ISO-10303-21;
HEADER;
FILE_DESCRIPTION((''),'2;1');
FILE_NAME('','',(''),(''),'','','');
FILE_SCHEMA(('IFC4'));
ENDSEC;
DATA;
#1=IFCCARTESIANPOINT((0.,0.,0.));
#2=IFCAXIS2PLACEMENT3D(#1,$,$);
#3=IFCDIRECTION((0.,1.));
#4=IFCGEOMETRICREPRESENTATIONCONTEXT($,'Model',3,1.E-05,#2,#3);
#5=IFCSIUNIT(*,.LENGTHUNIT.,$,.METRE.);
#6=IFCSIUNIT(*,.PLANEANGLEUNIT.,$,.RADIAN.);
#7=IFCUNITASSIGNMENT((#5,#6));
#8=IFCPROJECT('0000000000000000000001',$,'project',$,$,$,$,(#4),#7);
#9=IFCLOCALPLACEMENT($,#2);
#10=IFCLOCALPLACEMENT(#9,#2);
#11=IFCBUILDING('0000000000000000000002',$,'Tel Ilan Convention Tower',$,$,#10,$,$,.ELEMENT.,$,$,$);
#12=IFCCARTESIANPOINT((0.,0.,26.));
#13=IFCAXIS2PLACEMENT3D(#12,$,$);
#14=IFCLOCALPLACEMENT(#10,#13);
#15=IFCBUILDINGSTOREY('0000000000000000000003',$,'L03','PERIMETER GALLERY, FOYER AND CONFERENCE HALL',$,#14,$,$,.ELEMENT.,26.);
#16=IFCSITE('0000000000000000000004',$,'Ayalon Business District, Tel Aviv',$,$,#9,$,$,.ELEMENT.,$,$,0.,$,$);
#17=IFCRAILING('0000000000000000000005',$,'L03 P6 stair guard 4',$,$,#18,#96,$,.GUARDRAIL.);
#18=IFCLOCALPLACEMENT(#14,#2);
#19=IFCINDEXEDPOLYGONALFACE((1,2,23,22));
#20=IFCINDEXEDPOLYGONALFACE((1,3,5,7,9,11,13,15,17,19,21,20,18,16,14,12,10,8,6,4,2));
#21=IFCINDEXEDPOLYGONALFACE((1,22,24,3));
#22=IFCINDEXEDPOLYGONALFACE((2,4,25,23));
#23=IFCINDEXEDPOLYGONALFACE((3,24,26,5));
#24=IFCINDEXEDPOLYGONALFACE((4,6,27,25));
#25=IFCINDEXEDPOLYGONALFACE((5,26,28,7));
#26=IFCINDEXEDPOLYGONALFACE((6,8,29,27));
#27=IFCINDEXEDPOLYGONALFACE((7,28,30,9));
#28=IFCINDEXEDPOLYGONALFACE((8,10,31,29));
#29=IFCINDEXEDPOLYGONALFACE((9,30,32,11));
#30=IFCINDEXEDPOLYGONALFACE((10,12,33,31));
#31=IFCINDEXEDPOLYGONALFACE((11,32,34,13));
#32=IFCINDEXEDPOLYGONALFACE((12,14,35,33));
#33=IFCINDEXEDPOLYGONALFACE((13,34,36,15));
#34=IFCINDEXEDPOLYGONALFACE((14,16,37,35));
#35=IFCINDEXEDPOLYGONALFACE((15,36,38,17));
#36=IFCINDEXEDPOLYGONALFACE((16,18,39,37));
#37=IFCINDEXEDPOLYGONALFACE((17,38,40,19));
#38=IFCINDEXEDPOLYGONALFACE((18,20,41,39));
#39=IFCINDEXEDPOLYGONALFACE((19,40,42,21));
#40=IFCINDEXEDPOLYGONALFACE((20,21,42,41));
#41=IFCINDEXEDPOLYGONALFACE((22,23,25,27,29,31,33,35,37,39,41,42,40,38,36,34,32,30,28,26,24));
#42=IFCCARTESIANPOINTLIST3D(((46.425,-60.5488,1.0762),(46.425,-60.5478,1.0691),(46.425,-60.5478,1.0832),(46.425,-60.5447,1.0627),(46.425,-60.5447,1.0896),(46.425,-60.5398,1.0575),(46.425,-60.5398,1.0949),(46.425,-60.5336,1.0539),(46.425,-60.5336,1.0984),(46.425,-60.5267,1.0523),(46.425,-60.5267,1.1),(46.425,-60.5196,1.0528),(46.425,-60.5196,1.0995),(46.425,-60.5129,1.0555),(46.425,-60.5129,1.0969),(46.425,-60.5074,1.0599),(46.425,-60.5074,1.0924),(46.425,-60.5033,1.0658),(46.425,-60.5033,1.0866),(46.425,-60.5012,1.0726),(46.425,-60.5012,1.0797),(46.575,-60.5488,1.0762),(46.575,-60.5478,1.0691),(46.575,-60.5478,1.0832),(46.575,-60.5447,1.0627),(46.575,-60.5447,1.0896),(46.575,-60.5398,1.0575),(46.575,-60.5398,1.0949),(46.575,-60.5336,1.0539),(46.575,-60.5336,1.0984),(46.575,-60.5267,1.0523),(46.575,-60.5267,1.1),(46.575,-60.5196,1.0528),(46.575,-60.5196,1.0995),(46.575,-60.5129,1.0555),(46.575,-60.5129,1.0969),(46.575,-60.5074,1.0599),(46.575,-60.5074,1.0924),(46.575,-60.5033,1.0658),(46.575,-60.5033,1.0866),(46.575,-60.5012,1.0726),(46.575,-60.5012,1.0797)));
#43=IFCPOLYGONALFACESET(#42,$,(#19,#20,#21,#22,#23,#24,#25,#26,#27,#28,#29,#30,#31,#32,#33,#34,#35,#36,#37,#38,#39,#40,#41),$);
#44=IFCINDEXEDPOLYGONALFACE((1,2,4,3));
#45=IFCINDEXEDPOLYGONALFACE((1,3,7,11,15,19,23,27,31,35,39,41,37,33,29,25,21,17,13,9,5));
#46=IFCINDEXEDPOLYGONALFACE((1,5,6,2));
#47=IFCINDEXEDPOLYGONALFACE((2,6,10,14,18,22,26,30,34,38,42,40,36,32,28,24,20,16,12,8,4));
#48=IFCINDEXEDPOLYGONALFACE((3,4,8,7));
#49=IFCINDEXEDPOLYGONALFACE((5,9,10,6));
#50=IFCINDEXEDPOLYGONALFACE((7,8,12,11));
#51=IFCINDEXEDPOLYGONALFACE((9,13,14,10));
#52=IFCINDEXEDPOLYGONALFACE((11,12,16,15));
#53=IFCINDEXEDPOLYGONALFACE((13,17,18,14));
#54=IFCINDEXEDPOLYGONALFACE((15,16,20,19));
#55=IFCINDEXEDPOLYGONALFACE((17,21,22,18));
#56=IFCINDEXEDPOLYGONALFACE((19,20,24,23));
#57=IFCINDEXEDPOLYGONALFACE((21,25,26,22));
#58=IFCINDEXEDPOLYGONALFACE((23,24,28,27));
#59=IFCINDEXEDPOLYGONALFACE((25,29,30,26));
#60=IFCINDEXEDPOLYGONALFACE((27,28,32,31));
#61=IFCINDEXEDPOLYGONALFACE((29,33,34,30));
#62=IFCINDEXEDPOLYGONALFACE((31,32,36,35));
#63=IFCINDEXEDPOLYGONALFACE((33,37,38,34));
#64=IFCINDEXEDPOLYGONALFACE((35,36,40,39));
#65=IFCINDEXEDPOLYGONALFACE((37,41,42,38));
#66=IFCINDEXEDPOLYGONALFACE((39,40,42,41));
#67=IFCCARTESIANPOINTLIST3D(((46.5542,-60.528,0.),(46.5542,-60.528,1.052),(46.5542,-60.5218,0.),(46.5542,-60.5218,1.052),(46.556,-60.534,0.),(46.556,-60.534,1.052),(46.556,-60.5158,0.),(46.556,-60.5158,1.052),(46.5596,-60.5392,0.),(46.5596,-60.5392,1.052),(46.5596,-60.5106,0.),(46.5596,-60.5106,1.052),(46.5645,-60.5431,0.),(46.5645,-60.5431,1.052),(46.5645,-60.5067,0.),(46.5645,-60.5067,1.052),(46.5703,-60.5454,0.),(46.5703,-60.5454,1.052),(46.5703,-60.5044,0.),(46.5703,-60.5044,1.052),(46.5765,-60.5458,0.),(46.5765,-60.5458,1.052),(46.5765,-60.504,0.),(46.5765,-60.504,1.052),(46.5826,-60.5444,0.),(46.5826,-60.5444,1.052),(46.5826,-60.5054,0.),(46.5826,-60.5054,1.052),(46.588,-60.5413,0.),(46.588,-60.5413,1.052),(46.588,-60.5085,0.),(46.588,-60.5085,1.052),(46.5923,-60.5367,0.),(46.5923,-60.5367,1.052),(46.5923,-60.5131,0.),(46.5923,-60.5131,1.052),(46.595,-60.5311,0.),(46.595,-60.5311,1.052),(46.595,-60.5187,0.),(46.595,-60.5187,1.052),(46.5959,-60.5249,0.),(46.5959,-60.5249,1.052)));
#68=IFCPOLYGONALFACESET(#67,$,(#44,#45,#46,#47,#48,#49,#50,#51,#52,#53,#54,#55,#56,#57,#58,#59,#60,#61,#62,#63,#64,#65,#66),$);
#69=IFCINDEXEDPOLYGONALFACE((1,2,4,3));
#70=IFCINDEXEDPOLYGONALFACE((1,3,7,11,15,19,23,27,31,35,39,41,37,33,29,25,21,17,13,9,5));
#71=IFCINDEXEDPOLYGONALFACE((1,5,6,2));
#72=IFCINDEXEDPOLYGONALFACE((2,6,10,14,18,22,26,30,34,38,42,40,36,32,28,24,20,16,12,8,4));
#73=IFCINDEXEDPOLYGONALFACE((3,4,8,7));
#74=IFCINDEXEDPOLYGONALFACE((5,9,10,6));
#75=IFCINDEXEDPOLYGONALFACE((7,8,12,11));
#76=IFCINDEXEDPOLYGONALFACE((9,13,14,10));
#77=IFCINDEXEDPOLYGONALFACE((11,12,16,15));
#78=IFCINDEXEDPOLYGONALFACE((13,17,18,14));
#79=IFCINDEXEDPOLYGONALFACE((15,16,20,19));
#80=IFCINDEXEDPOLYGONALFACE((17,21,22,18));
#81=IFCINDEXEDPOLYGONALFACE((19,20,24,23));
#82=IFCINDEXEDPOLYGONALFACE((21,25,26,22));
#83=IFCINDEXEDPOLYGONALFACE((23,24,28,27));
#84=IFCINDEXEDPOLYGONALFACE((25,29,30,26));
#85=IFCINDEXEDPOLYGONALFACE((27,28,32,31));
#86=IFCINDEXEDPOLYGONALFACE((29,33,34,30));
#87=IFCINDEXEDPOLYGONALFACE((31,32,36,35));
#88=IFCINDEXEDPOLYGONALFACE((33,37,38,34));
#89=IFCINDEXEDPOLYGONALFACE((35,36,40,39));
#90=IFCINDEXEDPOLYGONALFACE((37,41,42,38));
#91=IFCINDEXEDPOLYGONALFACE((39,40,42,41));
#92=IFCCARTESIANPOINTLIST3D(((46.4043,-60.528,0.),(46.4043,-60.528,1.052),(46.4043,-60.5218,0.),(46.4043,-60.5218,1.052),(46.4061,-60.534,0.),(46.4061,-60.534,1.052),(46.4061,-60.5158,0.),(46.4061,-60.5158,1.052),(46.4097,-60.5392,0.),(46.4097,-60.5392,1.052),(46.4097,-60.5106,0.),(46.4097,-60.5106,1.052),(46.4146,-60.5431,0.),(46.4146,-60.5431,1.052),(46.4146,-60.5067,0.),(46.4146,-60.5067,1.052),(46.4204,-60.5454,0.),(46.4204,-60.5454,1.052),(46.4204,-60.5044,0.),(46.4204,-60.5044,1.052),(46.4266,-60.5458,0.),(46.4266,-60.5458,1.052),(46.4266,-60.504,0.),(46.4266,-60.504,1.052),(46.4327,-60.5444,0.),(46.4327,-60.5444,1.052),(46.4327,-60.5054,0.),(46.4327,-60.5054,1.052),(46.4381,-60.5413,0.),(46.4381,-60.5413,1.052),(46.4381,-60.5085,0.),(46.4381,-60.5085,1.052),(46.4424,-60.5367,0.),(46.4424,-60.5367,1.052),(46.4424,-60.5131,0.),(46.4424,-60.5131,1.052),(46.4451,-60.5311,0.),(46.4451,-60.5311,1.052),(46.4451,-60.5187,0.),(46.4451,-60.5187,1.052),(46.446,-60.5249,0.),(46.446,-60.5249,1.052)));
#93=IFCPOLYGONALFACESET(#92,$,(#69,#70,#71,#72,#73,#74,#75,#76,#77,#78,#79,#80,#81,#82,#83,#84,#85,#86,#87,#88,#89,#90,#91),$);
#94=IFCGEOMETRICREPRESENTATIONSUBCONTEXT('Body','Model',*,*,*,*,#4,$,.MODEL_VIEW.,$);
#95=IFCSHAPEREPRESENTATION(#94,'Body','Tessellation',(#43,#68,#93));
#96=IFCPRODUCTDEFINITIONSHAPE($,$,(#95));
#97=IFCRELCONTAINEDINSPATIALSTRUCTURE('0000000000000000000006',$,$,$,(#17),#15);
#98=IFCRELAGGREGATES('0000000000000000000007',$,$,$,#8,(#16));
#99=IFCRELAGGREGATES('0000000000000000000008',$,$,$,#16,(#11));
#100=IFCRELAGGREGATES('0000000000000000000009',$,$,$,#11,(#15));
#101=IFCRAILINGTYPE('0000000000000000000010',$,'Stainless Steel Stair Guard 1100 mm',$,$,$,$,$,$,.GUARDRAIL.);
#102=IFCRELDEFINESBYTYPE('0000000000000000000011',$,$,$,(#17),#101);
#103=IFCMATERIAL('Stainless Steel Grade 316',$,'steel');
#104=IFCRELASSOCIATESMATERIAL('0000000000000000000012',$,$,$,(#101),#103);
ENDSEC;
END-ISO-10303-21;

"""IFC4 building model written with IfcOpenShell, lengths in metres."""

from ifc_helpers import new_model, si_unit, direction, frame, origin, origin_2d, place, context, subcontext, project, spatial, circle, extrude, material, type_object, element, save


model = new_model("IFC4")

# Units and contexts
model_context = context("Model", 3, precision=1e-05, world=origin(), true_north=direction((0.0, 1.0)))
body_context = subcontext(model_context, "Body", "Model", "MODEL_VIEW")
ifc_project = project(units=[si_unit("LENGTHUNIT", "METRE"), si_unit("PLANEANGLEUNIT", "RADIAN")], contexts=[model_context])

# Site, building, storey
site_placement = place(None, origin())
site = spatial("IfcSite", under=ifc_project, at=site_placement, Name="Ayalon Business District, Tel Aviv", CompositionType="ELEMENT", RefElevation=0.0)
building_placement = place(site_placement, origin())
building = spatial("IfcBuilding", under=site, at=building_placement, Name="Tel Ilan Convention Tower", CompositionType="ELEMENT")
storey_placement = place(building_placement, frame((0.0, 0.0, 26.0)))
storey = spatial("IfcBuildingStorey", under=building, at=storey_placement, Name="L03", Description="PERIMETER GALLERY, FOYER AND CONFERENCE HALL", CompositionType="ELEMENT", Elevation=26.0)

# Railing
ifc_material_1 = material(Name="Stainless Steel Grade 316", Category="steel")
railing_type_1 = type_object("IfcRailingType", Name="Stainless Steel Stair Guard 1100 mm", PredefinedType="GUARDRAIL", material=ifc_material_1)
railing_1_placement = place(storey_placement, frame((46.575, -60.5249, 0.0)))
element("IfcRailing", 1, at=railing_1_placement, inside=storey, type_object=railing_type_1, Name="L03 P6 stair guard 4", PredefinedType="GUARDRAIL", context=body_context, shape_type="SweptSolid", body=[
    extrude(circle(Radius=0.0239, at=origin_2d()), frame((0.0, 0.0, 1.0762), z_axis=(-1.0, 0.0, 0.0), x_axis=(0.0, -1.0, 0.0)), (0.0, 0.0, 1.0), 0.1499),
    extrude(circle(Radius=0.021, at=origin_2d()), origin(), (0.0, 0.0, 1.0), 1.052),
    extrude(circle(Radius=0.021, at=origin_2d()), frame((-0.1499, 0.0, 0.0)), (0.0, 0.0, 1.0), 1.052),
])

save(model, "model.ifc")
